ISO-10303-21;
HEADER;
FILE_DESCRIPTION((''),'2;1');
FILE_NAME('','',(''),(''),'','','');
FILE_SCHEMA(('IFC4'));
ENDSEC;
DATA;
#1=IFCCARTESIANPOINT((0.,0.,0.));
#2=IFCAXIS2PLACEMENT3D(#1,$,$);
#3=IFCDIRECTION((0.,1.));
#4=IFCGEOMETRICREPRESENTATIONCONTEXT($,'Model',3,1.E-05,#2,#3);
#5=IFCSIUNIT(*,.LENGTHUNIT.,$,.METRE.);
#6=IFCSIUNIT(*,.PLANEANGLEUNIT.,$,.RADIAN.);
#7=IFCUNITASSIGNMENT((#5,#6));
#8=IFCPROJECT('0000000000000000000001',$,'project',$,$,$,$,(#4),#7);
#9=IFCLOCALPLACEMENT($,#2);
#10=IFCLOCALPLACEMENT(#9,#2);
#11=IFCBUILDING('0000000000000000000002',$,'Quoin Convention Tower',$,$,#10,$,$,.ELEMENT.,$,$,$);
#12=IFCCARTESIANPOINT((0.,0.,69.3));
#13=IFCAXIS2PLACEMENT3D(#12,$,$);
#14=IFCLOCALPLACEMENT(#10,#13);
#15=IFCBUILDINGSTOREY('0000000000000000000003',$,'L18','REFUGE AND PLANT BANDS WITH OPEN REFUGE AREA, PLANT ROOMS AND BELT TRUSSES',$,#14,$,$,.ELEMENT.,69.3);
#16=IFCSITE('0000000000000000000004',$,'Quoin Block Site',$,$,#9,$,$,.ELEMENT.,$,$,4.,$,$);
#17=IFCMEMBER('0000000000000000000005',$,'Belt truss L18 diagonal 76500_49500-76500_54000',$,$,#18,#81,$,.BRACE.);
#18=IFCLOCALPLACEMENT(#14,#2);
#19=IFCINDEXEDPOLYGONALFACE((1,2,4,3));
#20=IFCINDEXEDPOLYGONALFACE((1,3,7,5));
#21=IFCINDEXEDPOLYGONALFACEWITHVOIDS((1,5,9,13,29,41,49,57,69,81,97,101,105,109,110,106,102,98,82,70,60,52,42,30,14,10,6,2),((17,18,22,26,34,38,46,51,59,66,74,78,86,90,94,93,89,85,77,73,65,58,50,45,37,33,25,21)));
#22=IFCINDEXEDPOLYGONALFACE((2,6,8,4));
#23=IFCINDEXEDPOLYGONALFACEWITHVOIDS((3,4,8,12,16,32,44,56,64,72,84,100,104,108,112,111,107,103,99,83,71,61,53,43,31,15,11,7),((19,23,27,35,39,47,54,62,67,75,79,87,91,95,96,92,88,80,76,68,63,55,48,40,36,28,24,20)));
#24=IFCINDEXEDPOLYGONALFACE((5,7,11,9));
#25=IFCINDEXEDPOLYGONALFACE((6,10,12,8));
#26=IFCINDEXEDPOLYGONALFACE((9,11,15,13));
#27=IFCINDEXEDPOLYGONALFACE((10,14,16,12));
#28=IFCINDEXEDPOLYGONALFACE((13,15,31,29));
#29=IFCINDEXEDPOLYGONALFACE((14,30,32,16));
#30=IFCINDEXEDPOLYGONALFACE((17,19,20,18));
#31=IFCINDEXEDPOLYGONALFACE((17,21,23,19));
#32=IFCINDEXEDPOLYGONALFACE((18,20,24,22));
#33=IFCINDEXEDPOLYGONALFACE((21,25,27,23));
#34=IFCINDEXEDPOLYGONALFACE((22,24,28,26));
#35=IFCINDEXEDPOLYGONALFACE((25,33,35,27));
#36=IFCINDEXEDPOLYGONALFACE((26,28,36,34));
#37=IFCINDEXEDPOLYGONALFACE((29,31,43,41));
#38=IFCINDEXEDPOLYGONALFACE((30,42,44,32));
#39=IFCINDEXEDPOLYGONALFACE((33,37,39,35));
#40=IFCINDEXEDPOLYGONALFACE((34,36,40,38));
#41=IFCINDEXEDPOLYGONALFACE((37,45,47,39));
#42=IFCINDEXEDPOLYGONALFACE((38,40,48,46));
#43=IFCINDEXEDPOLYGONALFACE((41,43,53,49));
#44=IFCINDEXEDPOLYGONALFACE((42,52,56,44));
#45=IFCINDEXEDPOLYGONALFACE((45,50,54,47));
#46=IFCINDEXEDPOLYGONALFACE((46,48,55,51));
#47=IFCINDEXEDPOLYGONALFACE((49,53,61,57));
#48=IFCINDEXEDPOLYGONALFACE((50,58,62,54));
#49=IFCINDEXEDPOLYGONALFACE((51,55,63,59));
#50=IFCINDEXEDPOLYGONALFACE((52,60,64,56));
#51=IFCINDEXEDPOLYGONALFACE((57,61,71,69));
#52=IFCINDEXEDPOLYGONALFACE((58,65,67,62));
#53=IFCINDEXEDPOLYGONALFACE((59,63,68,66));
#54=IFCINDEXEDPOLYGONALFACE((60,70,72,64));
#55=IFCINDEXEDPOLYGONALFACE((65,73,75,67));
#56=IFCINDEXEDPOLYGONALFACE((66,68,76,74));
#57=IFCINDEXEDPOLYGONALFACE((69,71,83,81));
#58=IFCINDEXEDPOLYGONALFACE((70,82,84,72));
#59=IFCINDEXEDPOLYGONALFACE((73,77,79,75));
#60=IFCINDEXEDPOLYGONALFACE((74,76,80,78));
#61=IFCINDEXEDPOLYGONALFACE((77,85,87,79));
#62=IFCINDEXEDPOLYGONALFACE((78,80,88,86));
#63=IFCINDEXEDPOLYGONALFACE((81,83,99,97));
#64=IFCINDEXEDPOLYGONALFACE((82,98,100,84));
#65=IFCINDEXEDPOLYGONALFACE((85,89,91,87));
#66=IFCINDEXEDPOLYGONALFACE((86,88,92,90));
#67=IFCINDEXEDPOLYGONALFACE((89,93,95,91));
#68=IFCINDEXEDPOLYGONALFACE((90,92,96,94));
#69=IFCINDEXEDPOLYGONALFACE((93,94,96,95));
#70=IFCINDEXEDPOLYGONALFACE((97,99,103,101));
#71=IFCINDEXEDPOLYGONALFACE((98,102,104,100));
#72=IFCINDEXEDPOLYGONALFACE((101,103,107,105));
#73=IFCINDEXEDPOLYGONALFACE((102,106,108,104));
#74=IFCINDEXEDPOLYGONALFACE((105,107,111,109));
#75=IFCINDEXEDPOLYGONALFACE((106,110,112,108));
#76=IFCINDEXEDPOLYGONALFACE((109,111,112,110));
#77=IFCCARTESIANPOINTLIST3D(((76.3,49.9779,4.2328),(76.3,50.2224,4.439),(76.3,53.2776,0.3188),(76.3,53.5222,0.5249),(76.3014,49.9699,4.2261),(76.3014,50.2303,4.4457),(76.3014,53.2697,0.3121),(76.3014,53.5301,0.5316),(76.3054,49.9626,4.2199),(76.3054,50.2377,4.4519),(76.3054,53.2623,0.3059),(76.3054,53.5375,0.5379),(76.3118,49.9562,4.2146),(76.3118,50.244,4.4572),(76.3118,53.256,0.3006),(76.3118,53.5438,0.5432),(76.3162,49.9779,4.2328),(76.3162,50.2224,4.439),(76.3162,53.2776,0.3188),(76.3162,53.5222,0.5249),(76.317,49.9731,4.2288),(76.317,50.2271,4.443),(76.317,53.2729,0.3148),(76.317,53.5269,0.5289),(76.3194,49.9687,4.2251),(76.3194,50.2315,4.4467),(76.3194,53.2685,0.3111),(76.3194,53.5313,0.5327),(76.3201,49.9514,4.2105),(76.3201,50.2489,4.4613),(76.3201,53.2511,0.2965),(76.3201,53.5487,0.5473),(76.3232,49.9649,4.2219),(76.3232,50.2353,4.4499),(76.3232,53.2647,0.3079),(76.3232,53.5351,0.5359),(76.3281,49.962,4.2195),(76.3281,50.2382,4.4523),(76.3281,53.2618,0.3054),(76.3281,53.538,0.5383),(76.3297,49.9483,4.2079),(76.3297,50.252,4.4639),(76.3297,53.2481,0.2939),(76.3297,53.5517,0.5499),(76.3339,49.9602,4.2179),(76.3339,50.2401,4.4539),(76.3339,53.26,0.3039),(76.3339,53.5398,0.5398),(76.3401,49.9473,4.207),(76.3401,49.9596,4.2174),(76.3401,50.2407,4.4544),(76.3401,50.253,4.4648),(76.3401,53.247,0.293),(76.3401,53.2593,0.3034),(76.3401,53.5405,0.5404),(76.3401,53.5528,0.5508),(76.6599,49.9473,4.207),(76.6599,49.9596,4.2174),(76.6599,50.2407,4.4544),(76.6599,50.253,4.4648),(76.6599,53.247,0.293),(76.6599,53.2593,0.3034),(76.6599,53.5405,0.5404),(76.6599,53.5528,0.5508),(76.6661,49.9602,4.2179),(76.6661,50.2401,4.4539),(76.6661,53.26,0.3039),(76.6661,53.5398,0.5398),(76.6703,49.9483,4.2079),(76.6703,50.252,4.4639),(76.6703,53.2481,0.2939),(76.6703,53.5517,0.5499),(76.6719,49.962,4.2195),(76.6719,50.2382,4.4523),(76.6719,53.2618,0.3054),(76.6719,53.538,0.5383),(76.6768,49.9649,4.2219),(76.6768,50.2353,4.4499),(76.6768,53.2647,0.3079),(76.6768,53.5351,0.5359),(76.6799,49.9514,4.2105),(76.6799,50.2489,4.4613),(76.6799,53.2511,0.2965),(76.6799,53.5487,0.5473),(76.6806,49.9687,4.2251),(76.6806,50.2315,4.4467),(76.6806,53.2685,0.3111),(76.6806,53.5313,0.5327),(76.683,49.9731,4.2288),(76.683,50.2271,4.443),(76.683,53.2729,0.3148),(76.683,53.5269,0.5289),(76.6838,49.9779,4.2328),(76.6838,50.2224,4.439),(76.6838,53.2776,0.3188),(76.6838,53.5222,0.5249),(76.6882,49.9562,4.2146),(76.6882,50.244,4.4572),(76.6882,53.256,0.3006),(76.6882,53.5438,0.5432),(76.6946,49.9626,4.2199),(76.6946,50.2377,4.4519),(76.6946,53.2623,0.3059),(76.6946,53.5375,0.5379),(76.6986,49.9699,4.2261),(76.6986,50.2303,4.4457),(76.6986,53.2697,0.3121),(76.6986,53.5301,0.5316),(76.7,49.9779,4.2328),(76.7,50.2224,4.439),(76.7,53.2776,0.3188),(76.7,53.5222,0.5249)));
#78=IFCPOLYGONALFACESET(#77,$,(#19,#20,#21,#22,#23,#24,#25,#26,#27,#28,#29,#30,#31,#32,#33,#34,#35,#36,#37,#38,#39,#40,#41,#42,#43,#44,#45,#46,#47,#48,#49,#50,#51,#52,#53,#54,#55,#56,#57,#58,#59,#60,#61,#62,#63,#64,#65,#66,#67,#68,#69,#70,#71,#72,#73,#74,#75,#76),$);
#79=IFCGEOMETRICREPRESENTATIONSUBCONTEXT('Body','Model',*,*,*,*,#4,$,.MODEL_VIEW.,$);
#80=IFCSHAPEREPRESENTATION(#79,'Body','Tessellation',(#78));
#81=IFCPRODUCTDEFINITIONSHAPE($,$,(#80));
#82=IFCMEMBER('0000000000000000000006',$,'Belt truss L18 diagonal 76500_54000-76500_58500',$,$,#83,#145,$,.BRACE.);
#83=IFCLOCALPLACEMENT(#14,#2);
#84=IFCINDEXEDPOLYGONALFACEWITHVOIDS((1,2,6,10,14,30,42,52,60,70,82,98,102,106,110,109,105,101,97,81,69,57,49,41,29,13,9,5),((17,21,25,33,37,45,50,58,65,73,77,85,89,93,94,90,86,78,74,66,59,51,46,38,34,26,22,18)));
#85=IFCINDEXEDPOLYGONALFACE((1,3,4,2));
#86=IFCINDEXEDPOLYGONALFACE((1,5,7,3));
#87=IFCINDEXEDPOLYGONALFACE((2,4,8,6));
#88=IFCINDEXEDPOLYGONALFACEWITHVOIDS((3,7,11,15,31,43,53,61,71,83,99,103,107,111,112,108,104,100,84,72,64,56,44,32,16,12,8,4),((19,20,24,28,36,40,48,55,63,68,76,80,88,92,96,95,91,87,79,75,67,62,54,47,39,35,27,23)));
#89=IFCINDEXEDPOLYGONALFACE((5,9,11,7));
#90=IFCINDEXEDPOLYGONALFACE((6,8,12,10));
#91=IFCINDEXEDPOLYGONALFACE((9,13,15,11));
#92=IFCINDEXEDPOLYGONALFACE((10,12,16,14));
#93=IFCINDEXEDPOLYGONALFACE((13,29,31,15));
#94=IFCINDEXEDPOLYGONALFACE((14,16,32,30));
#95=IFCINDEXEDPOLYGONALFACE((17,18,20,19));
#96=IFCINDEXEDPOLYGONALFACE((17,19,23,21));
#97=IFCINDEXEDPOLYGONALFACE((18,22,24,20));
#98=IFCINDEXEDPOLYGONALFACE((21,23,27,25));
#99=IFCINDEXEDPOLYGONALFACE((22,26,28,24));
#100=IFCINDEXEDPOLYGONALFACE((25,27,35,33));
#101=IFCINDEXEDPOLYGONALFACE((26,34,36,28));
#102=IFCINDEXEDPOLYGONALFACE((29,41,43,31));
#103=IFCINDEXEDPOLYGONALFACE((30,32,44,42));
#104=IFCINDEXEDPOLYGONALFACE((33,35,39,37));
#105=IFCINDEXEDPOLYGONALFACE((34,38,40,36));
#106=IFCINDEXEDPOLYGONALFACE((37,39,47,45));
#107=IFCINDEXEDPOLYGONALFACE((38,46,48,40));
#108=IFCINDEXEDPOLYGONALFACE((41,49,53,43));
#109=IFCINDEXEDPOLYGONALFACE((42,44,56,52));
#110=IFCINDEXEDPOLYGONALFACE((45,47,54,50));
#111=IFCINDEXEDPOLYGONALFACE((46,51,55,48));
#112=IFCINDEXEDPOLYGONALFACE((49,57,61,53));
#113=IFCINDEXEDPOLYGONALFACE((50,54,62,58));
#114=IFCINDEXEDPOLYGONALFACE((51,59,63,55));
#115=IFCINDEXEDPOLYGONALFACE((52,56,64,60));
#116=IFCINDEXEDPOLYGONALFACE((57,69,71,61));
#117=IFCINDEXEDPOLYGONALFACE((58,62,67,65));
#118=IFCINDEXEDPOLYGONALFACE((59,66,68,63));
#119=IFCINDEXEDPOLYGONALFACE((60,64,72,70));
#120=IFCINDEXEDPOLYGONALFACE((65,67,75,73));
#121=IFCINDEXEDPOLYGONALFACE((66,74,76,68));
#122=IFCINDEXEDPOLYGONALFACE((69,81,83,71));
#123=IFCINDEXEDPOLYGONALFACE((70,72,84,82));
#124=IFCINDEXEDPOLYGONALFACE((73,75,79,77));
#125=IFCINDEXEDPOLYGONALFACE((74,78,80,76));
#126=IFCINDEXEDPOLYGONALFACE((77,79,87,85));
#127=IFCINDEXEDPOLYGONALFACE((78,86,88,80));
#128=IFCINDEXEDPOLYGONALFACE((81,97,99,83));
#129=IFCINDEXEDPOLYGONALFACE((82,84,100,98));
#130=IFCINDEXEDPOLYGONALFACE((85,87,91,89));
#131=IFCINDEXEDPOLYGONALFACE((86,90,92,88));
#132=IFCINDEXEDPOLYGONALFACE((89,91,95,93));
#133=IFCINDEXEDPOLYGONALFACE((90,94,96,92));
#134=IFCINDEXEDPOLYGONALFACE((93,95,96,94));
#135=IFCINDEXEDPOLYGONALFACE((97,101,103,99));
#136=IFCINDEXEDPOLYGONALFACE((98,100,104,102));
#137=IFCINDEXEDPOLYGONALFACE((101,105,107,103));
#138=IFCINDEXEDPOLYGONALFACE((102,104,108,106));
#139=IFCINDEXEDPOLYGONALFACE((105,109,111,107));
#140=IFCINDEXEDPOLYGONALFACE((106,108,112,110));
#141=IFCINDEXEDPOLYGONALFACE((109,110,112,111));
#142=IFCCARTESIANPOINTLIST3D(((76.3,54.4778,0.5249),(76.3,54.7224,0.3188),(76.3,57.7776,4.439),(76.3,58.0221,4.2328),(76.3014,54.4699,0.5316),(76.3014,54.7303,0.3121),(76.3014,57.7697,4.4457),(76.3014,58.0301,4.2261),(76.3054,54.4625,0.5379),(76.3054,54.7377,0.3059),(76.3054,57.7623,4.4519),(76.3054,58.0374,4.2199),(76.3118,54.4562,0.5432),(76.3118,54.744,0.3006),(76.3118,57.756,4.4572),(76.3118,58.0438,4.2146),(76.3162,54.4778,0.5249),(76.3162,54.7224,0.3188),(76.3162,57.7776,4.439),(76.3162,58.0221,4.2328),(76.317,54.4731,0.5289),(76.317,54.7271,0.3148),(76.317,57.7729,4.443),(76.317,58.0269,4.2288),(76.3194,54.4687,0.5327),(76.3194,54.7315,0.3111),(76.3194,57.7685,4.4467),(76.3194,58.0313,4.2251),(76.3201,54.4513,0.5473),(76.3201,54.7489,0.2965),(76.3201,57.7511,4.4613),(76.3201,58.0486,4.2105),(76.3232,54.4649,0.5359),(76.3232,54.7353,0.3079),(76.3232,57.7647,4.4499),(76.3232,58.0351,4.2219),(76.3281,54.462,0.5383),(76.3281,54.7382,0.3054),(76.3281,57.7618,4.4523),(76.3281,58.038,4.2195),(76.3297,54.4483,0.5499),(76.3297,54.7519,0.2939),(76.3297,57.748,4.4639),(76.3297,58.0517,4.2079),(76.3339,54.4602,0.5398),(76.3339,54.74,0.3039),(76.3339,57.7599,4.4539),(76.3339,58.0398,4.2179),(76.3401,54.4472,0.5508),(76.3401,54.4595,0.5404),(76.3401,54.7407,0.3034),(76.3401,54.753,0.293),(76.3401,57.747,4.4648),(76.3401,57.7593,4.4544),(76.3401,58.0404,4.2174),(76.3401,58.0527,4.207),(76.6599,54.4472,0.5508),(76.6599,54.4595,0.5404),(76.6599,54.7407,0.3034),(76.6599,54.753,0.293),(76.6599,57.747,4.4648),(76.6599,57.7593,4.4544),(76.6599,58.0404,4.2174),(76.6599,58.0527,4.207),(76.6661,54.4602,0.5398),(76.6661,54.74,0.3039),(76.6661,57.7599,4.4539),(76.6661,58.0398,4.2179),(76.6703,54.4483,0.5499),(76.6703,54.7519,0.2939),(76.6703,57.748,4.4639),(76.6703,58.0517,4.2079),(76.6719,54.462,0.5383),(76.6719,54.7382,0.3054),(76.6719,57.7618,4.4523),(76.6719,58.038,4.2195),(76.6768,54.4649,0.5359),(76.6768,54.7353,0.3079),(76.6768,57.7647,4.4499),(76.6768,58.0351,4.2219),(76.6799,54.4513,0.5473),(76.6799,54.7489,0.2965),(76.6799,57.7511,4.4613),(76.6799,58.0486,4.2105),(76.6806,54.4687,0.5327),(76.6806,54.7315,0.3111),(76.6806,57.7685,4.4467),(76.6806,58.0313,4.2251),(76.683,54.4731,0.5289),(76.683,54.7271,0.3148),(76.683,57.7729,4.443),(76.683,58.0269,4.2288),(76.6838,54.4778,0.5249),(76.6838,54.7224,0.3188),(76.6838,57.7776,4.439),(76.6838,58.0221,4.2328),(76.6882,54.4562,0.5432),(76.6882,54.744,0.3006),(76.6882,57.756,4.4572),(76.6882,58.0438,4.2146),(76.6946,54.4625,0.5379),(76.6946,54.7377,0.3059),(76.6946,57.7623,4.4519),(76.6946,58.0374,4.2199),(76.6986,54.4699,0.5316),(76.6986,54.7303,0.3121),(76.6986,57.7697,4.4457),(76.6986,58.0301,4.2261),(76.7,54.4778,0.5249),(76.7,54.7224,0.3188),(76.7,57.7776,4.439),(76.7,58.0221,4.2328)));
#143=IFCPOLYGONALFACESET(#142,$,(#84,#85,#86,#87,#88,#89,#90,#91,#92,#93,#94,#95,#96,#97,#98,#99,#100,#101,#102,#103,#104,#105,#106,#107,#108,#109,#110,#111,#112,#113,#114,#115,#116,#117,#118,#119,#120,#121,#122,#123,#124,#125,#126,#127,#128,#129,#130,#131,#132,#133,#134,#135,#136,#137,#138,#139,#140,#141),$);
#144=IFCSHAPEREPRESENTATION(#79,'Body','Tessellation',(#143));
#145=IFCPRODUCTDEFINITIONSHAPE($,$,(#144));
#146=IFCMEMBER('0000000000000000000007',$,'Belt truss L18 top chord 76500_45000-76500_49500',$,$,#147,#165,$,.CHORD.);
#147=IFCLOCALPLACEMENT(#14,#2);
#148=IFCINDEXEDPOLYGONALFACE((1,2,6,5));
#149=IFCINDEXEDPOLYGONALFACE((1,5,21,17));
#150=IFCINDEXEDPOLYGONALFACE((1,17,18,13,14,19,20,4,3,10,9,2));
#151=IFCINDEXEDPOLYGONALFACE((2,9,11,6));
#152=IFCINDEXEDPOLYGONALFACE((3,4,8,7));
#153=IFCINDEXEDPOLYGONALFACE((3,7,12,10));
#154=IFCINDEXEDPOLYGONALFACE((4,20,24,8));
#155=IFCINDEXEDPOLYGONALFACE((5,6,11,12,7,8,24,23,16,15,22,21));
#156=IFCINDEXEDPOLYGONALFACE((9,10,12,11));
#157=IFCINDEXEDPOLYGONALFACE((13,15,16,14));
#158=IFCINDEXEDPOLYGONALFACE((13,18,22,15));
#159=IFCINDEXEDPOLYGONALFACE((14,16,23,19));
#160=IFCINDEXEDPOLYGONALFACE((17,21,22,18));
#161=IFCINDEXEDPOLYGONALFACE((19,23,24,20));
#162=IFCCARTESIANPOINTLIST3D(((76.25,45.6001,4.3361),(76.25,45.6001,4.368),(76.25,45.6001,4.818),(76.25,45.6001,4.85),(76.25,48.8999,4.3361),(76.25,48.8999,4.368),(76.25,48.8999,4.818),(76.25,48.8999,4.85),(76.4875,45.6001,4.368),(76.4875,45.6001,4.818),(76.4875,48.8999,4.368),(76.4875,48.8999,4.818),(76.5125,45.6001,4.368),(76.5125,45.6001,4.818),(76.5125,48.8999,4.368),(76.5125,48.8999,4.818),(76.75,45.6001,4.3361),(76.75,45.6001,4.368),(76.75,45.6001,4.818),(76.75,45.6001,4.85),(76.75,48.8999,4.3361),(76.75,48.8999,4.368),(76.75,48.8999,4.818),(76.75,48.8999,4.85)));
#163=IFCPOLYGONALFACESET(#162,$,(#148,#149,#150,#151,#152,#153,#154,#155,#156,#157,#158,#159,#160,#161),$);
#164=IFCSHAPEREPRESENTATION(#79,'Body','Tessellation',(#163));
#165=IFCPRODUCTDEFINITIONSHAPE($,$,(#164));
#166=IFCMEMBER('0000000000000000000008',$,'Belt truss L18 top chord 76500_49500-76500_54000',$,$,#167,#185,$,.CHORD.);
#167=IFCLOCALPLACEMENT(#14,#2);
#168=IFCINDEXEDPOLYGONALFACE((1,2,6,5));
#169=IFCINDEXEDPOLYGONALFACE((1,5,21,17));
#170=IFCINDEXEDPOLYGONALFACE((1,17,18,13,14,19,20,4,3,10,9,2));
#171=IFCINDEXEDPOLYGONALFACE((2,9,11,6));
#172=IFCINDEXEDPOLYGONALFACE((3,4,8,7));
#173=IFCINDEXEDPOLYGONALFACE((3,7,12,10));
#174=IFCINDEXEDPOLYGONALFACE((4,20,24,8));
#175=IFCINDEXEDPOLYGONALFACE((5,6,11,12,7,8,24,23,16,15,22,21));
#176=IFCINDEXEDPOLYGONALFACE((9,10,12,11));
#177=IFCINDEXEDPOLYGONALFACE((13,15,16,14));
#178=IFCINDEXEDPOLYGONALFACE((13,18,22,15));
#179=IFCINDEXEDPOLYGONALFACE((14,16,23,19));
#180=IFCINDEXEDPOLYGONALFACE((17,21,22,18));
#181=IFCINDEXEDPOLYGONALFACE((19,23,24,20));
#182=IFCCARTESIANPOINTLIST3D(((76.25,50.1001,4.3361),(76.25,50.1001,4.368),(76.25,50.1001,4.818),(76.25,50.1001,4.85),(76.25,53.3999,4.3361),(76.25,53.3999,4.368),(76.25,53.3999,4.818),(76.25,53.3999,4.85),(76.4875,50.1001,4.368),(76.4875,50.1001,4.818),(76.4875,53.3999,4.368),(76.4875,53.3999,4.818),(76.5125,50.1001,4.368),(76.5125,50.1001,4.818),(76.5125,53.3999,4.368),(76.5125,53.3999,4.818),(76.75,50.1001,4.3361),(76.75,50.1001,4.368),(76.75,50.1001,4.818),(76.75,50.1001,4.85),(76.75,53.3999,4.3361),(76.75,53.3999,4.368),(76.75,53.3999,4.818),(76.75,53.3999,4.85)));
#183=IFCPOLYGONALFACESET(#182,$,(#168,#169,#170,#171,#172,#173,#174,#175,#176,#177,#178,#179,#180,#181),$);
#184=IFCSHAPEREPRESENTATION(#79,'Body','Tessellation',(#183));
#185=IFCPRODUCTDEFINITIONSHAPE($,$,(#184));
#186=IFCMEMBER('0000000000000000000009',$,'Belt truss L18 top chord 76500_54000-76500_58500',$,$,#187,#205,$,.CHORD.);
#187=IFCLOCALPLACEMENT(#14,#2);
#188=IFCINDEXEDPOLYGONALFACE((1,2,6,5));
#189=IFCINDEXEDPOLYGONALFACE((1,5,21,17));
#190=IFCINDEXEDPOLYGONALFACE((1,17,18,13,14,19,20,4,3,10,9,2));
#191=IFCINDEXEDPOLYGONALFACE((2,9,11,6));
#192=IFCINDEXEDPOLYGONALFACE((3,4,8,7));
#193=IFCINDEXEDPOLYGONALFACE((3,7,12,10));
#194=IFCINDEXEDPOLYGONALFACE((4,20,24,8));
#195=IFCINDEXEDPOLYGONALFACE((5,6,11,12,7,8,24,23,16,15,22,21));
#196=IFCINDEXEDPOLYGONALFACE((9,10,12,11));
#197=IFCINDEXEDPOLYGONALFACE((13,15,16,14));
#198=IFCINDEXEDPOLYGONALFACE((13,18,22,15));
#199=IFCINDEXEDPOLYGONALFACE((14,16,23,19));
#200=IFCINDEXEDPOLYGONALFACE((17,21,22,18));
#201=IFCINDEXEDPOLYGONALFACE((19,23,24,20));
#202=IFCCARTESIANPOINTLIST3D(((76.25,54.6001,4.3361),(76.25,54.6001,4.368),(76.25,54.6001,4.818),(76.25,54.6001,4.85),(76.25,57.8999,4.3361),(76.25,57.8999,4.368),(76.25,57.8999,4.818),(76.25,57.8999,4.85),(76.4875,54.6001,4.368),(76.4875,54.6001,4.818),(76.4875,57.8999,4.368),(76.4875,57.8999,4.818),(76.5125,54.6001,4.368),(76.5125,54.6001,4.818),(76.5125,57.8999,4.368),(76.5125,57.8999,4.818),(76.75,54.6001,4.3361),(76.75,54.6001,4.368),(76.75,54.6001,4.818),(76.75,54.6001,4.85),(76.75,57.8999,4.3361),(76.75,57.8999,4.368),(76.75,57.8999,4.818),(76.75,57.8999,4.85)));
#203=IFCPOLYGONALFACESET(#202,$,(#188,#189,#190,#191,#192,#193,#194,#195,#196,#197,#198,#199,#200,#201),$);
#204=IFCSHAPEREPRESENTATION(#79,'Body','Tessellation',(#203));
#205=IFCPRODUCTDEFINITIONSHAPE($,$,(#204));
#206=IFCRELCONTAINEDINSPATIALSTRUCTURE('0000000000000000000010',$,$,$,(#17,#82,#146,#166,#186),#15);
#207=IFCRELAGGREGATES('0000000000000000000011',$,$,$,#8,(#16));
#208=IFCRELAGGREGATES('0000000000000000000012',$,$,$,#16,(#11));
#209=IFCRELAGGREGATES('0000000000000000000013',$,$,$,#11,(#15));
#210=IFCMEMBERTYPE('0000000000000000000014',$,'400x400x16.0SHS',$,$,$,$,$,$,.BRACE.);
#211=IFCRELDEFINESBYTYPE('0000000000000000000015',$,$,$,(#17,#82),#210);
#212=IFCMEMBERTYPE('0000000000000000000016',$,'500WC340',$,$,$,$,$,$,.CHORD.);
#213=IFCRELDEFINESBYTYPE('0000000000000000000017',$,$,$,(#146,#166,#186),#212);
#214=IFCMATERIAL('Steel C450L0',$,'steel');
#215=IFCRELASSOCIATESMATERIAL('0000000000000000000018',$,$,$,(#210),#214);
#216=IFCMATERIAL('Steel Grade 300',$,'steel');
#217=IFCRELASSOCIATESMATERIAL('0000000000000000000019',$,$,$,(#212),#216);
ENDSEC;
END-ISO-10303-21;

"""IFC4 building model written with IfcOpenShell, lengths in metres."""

from ifc_helpers import new_model, si_unit, direction, frame, origin, origin_2d, place, context, subcontext, project, spatial, hollow_rectangle, i_section, extrude, material, material_profile, profile_set, type_object, element, save


model = new_model("IFC4")

# Units and contexts
model_context = context("Model", 3, precision=1e-05, world=origin(), true_north=direction((0.0, 1.0)))
body_context = subcontext(model_context, "Body", "Model", "MODEL_VIEW")
ifc_project = project(units=[si_unit("LENGTHUNIT", "METRE"), si_unit("PLANEANGLEUNIT", "RADIAN")], contexts=[model_context])

# Site, building, storey
site_placement = place(None, origin())
site = spatial("IfcSite", under=ifc_project, at=site_placement, Name="Quoin Block Site", CompositionType="ELEMENT", RefElevation=4.0)
building_placement = place(site_placement, origin())
building = spatial("IfcBuilding", under=site, at=building_placement, Name="Quoin Convention Tower", CompositionType="ELEMENT")
storey_placement = place(building_placement, frame((0.0, 0.0, 69.3)))
storey = spatial("IfcBuildingStorey", under=building, at=storey_placement, Name="L18", Description="REFUGE AND PLANT BANDS WITH OPEN REFUGE AREA, PLANT ROOMS AND BELT TRUSSES", CompositionType="ELEMENT", Elevation=69.3)

# Members
ifc_material_1 = material(Name="Steel Grade 300", Category="steel")
ifc_material_2 = material(Name="Steel C450L0", Category="steel")
ifc_material_profile_1 = material_profile(ifc_material_2, hollow_rectangle(XDim=0.3999, YDim=0.3999, WallThickness=0.0161, InnerFilletRadius=0.0239, OuterFilletRadius=0.04, at=origin_2d()), Name="400x400x16.0SHS")
ifc_profile_set_1 = profile_set([ifc_material_profile_1], Name="Steel C450L0")
member_type_1 = type_object("IfcMemberType", Name="400x400x16.0SHS", PredefinedType="BRACE", material=ifc_profile_set_1)
for number, where, z_axis, x_axis, name in (
    (1, (76.5, 53.3999, 0.4219), (0.0, -0.644564, 0.76455), (1.0, 0.0, 0.0), "Belt truss L18 diagonal 76500_49500-76500_54000"),
    (2, (76.5, 54.6001, 0.4219), (0.0, 0.644564, 0.76455), (-1.0, 0.0, 0.0), "Belt truss L18 diagonal 76500_54000-76500_58500"),
):
    element("IfcMember", number, at=place(storey_placement, frame(where, z_axis=z_axis, x_axis=x_axis)), inside=storey, type_object=member_type_1, Name=name, PredefinedType="BRACE", context=body_context, shape_type="SweptSolid", body=[
        extrude(hollow_rectangle(XDim=0.3999, YDim=0.3999, WallThickness=0.0161, InnerFilletRadius=0.0239, OuterFilletRadius=0.04, at=origin_2d()), origin(), (0.0, 0.0, 1.0), 5.1194),
    ])
ifc_material_profile_2 = material_profile(ifc_material_1, i_section(OverallWidth=0.5, OverallDepth=0.5139, WebThickness=0.0249, FlangeThickness=0.032, at=origin_2d()), Name="500WC340")
ifc_profile_set_2 = profile_set([ifc_material_profile_2], Name="Steel Grade 300")
member_type_2 = type_object("IfcMemberType", Name="500WC340", PredefinedType="CHORD", material=ifc_profile_set_2)
for number, where, z_axis, x_axis, name in (
    (3, (76.5, 45.6001, 4.593), (0.0, 1.0, 0.0), (-1.0, 0.0, 0.0), "Belt truss L18 top chord 76500_45000-76500_49500"),
    (4, (76.5, 50.1001, 4.593), (0.0, 1.0, 0.0), (-1.0, 0.0, 0.0), "Belt truss L18 top chord 76500_49500-76500_54000"),
    (5, (76.5, 54.6001, 4.593), (0.0, 1.0, 0.0), (-1.0, 0.0, 0.0), "Belt truss L18 top chord 76500_54000-76500_58500"),
):
    element("IfcMember", number, at=place(storey_placement, frame(where, z_axis=z_axis, x_axis=x_axis)), inside=storey, type_object=member_type_2, Name=name, PredefinedType="CHORD", context=body_context, shape_type="SweptSolid", body=[
        extrude(i_section(OverallWidth=0.5, OverallDepth=0.5139, WebThickness=0.0249, FlangeThickness=0.032, at=origin_2d()), origin(), (0.0, 0.0, 1.0), 3.2998),
    ])

save(model, "model.ifc")
